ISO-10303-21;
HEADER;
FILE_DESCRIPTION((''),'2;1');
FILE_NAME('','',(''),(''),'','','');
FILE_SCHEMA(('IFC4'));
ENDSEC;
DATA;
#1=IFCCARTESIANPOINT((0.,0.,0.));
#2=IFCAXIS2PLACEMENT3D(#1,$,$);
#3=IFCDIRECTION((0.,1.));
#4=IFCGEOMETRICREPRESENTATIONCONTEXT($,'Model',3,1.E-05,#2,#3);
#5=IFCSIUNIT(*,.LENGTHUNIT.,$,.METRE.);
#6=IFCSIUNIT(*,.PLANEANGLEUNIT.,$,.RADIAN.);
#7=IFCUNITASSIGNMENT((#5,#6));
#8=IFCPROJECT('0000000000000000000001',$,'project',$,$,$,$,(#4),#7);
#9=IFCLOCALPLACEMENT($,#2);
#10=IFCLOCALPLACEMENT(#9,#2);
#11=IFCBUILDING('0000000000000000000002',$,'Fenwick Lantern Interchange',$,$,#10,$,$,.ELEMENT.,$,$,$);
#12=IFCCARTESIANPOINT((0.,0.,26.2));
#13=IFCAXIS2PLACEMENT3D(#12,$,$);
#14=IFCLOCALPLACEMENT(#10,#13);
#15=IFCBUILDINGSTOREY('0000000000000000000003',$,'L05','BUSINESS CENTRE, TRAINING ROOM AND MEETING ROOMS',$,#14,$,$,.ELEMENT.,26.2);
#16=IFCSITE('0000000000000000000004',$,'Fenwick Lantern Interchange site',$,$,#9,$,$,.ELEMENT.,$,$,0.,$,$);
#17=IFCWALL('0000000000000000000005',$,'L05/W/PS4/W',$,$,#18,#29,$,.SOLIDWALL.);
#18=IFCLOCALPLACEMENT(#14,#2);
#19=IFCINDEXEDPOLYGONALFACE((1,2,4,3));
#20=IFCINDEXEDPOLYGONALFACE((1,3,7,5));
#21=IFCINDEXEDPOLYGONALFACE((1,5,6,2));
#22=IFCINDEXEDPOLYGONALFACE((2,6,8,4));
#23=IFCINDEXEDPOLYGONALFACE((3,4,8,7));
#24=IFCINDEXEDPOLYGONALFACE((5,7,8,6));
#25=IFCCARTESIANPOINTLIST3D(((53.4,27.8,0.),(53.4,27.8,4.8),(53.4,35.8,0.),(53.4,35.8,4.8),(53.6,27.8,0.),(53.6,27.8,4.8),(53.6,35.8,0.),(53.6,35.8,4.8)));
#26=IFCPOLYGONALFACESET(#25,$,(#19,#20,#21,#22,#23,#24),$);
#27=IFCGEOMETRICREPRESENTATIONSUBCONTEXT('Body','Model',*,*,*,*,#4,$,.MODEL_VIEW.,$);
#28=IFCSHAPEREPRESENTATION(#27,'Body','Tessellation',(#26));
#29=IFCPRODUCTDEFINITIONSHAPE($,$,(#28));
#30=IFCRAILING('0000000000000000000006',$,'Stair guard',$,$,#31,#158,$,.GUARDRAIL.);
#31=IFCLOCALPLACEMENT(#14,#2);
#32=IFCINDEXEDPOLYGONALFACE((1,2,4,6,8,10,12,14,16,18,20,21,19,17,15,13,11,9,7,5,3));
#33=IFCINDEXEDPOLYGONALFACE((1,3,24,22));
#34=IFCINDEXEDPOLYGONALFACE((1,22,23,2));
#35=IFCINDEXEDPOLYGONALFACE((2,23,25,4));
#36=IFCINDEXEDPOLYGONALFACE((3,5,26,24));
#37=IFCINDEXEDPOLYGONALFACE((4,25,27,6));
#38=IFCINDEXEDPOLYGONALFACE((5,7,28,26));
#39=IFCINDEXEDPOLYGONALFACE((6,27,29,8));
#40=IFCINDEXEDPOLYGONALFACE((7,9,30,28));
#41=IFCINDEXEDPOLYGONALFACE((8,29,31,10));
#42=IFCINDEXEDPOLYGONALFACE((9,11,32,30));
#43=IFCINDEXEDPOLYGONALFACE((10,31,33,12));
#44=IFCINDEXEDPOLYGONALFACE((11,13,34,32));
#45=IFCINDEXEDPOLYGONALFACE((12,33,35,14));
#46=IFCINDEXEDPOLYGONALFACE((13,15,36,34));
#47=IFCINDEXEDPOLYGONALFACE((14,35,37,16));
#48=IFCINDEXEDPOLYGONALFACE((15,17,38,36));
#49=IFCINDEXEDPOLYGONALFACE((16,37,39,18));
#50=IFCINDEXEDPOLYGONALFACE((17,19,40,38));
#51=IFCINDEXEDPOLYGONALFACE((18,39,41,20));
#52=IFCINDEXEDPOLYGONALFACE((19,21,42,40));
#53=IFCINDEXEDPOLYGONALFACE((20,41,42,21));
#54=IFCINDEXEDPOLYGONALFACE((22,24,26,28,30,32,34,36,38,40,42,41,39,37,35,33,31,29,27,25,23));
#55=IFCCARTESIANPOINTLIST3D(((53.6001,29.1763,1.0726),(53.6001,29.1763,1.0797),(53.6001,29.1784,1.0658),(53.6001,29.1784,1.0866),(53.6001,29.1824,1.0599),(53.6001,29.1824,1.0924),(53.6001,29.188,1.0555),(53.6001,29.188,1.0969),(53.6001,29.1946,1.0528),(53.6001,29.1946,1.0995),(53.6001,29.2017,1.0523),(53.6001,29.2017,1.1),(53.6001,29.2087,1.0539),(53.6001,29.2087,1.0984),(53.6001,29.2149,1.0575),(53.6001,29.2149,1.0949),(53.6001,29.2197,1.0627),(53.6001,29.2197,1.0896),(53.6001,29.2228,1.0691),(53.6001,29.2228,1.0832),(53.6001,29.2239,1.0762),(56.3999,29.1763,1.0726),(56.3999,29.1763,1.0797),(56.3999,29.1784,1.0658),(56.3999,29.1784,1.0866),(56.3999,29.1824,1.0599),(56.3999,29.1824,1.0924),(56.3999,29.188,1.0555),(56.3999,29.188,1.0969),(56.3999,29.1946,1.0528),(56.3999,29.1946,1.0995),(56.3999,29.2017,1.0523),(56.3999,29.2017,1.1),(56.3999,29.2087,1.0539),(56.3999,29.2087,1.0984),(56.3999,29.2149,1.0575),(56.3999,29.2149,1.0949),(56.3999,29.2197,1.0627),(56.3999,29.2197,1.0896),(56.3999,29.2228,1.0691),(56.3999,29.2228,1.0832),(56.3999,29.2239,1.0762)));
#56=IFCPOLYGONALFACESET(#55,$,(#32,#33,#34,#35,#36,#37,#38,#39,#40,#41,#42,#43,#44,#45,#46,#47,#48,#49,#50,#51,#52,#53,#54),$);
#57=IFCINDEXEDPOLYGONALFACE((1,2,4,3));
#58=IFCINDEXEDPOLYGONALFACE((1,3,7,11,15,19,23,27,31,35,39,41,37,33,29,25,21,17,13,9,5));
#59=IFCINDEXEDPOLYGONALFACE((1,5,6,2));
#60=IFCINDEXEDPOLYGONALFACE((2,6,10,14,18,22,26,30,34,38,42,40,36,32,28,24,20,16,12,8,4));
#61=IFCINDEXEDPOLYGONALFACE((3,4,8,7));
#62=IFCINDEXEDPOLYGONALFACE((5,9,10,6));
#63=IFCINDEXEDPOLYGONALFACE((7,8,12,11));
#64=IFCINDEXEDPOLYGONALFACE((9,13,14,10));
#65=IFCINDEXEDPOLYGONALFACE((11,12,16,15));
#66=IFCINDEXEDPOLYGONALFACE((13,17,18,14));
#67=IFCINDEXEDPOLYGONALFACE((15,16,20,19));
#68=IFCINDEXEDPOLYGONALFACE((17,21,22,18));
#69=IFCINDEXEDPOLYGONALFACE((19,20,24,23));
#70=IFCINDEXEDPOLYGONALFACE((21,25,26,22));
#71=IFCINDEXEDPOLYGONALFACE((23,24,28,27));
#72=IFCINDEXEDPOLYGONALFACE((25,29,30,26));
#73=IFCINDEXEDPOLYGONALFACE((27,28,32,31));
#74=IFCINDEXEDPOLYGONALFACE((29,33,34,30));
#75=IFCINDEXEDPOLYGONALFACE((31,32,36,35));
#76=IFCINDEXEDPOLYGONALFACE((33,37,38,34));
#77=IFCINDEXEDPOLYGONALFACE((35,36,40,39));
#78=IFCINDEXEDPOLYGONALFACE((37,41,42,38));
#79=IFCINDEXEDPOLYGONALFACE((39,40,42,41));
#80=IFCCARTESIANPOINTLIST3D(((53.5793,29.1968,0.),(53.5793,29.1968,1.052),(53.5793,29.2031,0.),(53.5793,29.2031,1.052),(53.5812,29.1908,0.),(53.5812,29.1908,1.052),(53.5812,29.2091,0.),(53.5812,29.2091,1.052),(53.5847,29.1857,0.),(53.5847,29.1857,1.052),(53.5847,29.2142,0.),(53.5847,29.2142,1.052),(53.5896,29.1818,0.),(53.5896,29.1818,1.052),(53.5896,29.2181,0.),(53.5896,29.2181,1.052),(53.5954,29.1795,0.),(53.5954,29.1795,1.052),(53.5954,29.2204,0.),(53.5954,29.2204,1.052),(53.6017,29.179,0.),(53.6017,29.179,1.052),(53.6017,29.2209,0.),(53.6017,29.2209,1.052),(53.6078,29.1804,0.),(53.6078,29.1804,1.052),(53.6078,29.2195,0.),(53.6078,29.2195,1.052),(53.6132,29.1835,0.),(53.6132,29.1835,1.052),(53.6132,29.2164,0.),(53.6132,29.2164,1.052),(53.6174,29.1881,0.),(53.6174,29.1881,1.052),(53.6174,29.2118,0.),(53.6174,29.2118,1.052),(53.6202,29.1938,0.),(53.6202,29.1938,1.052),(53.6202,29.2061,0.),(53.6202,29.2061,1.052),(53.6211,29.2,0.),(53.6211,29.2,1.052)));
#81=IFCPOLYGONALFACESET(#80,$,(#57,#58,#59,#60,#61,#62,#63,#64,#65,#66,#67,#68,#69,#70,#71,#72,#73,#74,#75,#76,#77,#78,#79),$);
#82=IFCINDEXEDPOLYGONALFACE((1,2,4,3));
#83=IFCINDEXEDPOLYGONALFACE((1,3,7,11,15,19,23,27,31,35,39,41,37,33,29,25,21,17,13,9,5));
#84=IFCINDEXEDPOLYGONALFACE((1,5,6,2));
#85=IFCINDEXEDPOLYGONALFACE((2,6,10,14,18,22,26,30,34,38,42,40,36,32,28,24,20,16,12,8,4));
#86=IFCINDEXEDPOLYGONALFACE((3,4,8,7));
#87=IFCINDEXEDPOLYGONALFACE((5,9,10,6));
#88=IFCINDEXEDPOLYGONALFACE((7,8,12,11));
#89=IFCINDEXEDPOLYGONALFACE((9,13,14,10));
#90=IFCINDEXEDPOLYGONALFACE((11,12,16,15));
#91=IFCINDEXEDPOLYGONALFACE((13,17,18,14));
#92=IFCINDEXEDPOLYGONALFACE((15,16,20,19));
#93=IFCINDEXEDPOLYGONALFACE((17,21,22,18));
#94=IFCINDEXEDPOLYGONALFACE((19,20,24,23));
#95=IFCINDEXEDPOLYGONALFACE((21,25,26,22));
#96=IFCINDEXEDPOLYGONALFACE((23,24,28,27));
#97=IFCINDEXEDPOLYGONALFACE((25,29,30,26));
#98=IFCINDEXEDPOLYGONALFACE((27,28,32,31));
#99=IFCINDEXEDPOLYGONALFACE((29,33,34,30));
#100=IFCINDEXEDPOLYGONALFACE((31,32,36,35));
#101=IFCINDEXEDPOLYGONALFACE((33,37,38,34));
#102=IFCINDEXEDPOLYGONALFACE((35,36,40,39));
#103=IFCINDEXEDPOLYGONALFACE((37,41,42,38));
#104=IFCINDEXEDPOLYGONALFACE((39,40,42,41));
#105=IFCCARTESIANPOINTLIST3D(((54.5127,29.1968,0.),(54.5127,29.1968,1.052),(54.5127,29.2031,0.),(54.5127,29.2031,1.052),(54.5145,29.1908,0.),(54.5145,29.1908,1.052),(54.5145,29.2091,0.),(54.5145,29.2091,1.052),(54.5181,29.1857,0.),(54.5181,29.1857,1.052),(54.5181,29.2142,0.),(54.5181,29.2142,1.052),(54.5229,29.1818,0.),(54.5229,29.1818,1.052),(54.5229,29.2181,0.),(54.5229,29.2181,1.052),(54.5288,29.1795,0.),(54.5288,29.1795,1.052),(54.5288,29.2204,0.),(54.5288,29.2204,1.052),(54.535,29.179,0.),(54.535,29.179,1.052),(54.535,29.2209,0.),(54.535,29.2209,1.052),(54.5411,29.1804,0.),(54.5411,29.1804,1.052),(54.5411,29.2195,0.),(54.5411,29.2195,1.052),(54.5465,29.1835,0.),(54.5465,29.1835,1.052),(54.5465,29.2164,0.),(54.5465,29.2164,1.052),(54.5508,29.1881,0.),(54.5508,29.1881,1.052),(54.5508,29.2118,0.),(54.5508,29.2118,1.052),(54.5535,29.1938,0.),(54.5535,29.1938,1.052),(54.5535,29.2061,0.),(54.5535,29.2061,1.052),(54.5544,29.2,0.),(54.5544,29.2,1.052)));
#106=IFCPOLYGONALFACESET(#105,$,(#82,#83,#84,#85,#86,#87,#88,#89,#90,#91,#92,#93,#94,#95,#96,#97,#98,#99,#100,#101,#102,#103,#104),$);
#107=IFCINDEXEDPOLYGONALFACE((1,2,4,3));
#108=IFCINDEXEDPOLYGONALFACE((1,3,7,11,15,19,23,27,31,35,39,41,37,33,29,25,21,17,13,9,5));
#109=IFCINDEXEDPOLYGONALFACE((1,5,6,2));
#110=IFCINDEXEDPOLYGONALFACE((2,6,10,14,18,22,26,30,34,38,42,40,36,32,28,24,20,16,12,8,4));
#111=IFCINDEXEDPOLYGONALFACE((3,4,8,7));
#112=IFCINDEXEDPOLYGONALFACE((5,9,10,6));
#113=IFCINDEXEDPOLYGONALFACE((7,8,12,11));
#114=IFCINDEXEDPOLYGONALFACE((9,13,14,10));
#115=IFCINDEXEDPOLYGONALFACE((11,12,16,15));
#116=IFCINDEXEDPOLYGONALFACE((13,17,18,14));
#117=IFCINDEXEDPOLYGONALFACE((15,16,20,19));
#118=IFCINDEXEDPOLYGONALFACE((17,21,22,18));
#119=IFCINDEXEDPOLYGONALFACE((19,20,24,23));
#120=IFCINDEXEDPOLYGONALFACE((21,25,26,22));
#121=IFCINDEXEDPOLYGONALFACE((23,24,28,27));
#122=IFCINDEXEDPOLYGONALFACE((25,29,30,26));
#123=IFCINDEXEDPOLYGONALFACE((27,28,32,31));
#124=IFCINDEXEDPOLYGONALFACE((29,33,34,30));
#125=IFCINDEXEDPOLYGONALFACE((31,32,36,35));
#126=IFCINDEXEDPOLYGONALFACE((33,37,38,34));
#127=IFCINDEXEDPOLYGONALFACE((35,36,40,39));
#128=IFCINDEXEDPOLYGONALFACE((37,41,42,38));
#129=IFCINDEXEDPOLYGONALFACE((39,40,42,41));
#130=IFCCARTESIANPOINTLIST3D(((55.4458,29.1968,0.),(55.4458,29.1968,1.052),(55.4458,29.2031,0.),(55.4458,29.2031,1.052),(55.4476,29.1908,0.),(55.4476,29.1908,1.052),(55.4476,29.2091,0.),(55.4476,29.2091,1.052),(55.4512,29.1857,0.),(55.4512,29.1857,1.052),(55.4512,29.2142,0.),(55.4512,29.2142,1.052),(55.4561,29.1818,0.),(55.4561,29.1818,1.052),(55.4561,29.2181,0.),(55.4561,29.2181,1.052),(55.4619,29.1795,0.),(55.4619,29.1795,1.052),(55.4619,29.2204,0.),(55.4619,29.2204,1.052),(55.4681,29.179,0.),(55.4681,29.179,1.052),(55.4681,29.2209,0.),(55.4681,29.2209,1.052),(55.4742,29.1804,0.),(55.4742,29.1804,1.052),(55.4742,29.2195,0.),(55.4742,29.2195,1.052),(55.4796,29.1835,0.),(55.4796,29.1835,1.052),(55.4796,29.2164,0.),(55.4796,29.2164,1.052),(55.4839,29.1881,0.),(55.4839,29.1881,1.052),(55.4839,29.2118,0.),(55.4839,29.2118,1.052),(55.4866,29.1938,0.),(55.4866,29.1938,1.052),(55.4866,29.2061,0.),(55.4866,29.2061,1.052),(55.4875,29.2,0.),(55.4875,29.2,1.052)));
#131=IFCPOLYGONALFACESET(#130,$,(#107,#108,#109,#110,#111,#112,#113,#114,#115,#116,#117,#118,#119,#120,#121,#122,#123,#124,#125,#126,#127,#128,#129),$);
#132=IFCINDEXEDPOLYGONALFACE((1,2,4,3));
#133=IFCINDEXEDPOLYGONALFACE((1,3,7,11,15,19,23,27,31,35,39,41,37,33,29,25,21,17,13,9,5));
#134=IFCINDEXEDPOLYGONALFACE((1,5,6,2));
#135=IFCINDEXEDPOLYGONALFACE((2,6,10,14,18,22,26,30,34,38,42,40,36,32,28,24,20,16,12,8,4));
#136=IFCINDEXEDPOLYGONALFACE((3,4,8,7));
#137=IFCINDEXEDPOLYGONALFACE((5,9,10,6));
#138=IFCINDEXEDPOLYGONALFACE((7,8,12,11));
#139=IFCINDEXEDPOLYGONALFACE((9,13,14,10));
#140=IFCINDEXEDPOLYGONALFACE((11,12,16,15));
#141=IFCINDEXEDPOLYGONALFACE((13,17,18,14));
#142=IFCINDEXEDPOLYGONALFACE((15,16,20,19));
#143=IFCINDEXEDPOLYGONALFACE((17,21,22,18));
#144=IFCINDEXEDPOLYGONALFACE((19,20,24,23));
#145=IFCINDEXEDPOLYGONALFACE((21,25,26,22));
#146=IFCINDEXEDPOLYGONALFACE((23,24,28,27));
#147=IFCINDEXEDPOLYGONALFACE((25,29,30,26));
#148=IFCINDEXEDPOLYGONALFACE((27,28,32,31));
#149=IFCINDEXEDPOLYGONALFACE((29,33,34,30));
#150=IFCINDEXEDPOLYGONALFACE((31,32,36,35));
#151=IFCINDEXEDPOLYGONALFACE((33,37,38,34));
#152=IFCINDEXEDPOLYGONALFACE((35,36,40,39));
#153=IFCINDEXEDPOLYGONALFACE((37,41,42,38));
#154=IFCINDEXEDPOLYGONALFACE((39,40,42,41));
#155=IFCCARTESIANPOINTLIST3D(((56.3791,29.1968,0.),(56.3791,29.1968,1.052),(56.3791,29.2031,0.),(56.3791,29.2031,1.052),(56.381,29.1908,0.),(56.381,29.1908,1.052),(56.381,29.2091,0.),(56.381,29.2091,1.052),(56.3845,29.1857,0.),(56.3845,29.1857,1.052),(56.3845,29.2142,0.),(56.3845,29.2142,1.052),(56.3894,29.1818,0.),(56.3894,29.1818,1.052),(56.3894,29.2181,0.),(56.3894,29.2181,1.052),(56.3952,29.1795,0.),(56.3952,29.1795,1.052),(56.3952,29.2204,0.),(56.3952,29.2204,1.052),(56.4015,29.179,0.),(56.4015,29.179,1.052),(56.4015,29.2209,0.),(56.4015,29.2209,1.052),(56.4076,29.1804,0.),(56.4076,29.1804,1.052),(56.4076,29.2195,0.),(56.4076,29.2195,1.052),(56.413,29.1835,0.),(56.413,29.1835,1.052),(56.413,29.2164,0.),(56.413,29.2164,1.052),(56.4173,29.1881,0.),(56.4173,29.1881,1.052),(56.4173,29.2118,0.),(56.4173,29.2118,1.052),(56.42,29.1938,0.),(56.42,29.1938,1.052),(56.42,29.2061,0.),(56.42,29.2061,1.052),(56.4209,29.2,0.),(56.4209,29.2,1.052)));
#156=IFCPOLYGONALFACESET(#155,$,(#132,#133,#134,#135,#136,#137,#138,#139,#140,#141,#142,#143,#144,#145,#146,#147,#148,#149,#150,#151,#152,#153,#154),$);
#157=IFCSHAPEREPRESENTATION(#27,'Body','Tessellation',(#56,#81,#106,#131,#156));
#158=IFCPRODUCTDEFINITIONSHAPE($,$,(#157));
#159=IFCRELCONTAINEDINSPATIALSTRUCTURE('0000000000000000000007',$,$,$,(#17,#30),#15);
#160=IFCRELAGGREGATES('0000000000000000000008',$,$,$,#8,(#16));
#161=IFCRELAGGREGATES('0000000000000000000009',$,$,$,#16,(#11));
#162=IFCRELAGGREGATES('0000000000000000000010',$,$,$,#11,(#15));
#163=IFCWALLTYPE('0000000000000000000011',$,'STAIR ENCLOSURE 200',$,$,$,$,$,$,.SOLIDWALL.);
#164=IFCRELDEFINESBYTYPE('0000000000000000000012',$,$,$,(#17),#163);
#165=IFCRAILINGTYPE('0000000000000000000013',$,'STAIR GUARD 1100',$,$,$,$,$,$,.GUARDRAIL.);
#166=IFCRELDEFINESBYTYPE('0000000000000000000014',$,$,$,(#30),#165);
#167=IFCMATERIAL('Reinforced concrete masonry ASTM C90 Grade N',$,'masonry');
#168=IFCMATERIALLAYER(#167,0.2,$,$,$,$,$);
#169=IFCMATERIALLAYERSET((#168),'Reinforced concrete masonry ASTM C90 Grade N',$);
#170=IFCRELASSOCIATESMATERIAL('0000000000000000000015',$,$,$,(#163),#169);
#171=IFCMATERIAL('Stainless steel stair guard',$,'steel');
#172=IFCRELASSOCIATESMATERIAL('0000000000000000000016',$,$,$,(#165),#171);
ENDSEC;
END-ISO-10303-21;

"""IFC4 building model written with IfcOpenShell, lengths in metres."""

from ifc_helpers import new_model, si_unit, direction, frame, frame_2d, origin, origin_2d, place, context, subcontext, project, spatial, rectangle, circle, extrude, material, layer, layer_set, type_object, element, save


model = new_model("IFC4")

# Units and contexts
model_context = context("Model", 3, precision=1e-05, world=origin(), true_north=direction((0.0, 1.0)))
body_context = subcontext(model_context, "Body", "Model", "MODEL_VIEW")
ifc_project = project(units=[si_unit("LENGTHUNIT", "METRE"), si_unit("PLANEANGLEUNIT", "RADIAN")], contexts=[model_context])

# Site, building, storey
site_placement = place(None, origin())
site = spatial("IfcSite", under=ifc_project, at=site_placement, Name="Fenwick Lantern Interchange site", CompositionType="ELEMENT", RefElevation=0.0)
building_placement = place(site_placement, origin())
building = spatial("IfcBuilding", under=site, at=building_placement, Name="Fenwick Lantern Interchange", CompositionType="ELEMENT")
storey_placement = place(building_placement, frame((0.0, 0.0, 26.2)))
storey = spatial("IfcBuildingStorey", under=building, at=storey_placement, Name="L05", Description="BUSINESS CENTRE, TRAINING ROOM AND MEETING ROOMS", CompositionType="ELEMENT", Elevation=26.2)

# Shared definitions
ifc_material_1 = material(Name="Reinforced concrete masonry ASTM C90 Grade N", Category="masonry")
ifc_layer_1 = layer(ifc_material_1, 0.2)
ifc_layer_set_1 = layer_set([ifc_layer_1], Name="Reinforced concrete masonry ASTM C90 Grade N")
wall_type_1 = type_object("IfcWallType", Name="STAIR ENCLOSURE 200", PredefinedType="SOLIDWALL", material=ifc_layer_set_1)

# Wall
wall_1_placement = place(storey_placement, frame((53.5, 35.8, 0.0), z_axis=(0.0, 0.0, 1.0), x_axis=(0.0, -1.0, 0.0)))
element("IfcWall", 1, at=wall_1_placement, inside=storey, type_object=wall_type_1, Name="L05/W/PS4/W", PredefinedType="SOLIDWALL", context=body_context, shape_type="SweptSolid", body=[
    extrude(rectangle(XDim=8.0, YDim=0.2, at=frame_2d((4.0, 0.0))), origin(), (0.0, 0.0, 1.0), 4.8),
])

# Railing
ifc_material_2 = material(Name="Stainless steel stair guard", Category="steel")
railing_type = type_object("IfcRailingType", Name="STAIR GUARD 1100", PredefinedType="GUARDRAIL", material=ifc_material_2)
railing_placement = place(storey_placement, frame((53.6001, 29.2, 0.0)))
element("IfcRailing", 2, at=railing_placement, inside=storey, type_object=railing_type, Name="Stair guard", PredefinedType="GUARDRAIL", context=body_context, shape_type="SweptSolid", body=[
    extrude(circle(Radius=0.0239, at=origin_2d()), frame((0.0, 0.0, 1.0762), z_axis=(1.0, 0.0, 0.0), x_axis=(0.0, 1.0, 0.0)), (0.0, 0.0, 1.0), 2.7998),
    extrude(circle(Radius=0.021, at=origin_2d()), origin(), (0.0, 0.0, 1.0), 1.052),
    extrude(circle(Radius=0.021, at=origin_2d()), frame((0.9333, 0.0, 0.0)), (0.0, 0.0, 1.0), 1.052),
    extrude(circle(Radius=0.021, at=origin_2d()), frame((1.8665, 0.0, 0.0)), (0.0, 0.0, 1.0), 1.052),
    extrude(circle(Radius=0.021, at=origin_2d()), frame((2.7998, 0.0, 0.0)), (0.0, 0.0, 1.0), 1.052),
])

save(model, "model.ifc")
